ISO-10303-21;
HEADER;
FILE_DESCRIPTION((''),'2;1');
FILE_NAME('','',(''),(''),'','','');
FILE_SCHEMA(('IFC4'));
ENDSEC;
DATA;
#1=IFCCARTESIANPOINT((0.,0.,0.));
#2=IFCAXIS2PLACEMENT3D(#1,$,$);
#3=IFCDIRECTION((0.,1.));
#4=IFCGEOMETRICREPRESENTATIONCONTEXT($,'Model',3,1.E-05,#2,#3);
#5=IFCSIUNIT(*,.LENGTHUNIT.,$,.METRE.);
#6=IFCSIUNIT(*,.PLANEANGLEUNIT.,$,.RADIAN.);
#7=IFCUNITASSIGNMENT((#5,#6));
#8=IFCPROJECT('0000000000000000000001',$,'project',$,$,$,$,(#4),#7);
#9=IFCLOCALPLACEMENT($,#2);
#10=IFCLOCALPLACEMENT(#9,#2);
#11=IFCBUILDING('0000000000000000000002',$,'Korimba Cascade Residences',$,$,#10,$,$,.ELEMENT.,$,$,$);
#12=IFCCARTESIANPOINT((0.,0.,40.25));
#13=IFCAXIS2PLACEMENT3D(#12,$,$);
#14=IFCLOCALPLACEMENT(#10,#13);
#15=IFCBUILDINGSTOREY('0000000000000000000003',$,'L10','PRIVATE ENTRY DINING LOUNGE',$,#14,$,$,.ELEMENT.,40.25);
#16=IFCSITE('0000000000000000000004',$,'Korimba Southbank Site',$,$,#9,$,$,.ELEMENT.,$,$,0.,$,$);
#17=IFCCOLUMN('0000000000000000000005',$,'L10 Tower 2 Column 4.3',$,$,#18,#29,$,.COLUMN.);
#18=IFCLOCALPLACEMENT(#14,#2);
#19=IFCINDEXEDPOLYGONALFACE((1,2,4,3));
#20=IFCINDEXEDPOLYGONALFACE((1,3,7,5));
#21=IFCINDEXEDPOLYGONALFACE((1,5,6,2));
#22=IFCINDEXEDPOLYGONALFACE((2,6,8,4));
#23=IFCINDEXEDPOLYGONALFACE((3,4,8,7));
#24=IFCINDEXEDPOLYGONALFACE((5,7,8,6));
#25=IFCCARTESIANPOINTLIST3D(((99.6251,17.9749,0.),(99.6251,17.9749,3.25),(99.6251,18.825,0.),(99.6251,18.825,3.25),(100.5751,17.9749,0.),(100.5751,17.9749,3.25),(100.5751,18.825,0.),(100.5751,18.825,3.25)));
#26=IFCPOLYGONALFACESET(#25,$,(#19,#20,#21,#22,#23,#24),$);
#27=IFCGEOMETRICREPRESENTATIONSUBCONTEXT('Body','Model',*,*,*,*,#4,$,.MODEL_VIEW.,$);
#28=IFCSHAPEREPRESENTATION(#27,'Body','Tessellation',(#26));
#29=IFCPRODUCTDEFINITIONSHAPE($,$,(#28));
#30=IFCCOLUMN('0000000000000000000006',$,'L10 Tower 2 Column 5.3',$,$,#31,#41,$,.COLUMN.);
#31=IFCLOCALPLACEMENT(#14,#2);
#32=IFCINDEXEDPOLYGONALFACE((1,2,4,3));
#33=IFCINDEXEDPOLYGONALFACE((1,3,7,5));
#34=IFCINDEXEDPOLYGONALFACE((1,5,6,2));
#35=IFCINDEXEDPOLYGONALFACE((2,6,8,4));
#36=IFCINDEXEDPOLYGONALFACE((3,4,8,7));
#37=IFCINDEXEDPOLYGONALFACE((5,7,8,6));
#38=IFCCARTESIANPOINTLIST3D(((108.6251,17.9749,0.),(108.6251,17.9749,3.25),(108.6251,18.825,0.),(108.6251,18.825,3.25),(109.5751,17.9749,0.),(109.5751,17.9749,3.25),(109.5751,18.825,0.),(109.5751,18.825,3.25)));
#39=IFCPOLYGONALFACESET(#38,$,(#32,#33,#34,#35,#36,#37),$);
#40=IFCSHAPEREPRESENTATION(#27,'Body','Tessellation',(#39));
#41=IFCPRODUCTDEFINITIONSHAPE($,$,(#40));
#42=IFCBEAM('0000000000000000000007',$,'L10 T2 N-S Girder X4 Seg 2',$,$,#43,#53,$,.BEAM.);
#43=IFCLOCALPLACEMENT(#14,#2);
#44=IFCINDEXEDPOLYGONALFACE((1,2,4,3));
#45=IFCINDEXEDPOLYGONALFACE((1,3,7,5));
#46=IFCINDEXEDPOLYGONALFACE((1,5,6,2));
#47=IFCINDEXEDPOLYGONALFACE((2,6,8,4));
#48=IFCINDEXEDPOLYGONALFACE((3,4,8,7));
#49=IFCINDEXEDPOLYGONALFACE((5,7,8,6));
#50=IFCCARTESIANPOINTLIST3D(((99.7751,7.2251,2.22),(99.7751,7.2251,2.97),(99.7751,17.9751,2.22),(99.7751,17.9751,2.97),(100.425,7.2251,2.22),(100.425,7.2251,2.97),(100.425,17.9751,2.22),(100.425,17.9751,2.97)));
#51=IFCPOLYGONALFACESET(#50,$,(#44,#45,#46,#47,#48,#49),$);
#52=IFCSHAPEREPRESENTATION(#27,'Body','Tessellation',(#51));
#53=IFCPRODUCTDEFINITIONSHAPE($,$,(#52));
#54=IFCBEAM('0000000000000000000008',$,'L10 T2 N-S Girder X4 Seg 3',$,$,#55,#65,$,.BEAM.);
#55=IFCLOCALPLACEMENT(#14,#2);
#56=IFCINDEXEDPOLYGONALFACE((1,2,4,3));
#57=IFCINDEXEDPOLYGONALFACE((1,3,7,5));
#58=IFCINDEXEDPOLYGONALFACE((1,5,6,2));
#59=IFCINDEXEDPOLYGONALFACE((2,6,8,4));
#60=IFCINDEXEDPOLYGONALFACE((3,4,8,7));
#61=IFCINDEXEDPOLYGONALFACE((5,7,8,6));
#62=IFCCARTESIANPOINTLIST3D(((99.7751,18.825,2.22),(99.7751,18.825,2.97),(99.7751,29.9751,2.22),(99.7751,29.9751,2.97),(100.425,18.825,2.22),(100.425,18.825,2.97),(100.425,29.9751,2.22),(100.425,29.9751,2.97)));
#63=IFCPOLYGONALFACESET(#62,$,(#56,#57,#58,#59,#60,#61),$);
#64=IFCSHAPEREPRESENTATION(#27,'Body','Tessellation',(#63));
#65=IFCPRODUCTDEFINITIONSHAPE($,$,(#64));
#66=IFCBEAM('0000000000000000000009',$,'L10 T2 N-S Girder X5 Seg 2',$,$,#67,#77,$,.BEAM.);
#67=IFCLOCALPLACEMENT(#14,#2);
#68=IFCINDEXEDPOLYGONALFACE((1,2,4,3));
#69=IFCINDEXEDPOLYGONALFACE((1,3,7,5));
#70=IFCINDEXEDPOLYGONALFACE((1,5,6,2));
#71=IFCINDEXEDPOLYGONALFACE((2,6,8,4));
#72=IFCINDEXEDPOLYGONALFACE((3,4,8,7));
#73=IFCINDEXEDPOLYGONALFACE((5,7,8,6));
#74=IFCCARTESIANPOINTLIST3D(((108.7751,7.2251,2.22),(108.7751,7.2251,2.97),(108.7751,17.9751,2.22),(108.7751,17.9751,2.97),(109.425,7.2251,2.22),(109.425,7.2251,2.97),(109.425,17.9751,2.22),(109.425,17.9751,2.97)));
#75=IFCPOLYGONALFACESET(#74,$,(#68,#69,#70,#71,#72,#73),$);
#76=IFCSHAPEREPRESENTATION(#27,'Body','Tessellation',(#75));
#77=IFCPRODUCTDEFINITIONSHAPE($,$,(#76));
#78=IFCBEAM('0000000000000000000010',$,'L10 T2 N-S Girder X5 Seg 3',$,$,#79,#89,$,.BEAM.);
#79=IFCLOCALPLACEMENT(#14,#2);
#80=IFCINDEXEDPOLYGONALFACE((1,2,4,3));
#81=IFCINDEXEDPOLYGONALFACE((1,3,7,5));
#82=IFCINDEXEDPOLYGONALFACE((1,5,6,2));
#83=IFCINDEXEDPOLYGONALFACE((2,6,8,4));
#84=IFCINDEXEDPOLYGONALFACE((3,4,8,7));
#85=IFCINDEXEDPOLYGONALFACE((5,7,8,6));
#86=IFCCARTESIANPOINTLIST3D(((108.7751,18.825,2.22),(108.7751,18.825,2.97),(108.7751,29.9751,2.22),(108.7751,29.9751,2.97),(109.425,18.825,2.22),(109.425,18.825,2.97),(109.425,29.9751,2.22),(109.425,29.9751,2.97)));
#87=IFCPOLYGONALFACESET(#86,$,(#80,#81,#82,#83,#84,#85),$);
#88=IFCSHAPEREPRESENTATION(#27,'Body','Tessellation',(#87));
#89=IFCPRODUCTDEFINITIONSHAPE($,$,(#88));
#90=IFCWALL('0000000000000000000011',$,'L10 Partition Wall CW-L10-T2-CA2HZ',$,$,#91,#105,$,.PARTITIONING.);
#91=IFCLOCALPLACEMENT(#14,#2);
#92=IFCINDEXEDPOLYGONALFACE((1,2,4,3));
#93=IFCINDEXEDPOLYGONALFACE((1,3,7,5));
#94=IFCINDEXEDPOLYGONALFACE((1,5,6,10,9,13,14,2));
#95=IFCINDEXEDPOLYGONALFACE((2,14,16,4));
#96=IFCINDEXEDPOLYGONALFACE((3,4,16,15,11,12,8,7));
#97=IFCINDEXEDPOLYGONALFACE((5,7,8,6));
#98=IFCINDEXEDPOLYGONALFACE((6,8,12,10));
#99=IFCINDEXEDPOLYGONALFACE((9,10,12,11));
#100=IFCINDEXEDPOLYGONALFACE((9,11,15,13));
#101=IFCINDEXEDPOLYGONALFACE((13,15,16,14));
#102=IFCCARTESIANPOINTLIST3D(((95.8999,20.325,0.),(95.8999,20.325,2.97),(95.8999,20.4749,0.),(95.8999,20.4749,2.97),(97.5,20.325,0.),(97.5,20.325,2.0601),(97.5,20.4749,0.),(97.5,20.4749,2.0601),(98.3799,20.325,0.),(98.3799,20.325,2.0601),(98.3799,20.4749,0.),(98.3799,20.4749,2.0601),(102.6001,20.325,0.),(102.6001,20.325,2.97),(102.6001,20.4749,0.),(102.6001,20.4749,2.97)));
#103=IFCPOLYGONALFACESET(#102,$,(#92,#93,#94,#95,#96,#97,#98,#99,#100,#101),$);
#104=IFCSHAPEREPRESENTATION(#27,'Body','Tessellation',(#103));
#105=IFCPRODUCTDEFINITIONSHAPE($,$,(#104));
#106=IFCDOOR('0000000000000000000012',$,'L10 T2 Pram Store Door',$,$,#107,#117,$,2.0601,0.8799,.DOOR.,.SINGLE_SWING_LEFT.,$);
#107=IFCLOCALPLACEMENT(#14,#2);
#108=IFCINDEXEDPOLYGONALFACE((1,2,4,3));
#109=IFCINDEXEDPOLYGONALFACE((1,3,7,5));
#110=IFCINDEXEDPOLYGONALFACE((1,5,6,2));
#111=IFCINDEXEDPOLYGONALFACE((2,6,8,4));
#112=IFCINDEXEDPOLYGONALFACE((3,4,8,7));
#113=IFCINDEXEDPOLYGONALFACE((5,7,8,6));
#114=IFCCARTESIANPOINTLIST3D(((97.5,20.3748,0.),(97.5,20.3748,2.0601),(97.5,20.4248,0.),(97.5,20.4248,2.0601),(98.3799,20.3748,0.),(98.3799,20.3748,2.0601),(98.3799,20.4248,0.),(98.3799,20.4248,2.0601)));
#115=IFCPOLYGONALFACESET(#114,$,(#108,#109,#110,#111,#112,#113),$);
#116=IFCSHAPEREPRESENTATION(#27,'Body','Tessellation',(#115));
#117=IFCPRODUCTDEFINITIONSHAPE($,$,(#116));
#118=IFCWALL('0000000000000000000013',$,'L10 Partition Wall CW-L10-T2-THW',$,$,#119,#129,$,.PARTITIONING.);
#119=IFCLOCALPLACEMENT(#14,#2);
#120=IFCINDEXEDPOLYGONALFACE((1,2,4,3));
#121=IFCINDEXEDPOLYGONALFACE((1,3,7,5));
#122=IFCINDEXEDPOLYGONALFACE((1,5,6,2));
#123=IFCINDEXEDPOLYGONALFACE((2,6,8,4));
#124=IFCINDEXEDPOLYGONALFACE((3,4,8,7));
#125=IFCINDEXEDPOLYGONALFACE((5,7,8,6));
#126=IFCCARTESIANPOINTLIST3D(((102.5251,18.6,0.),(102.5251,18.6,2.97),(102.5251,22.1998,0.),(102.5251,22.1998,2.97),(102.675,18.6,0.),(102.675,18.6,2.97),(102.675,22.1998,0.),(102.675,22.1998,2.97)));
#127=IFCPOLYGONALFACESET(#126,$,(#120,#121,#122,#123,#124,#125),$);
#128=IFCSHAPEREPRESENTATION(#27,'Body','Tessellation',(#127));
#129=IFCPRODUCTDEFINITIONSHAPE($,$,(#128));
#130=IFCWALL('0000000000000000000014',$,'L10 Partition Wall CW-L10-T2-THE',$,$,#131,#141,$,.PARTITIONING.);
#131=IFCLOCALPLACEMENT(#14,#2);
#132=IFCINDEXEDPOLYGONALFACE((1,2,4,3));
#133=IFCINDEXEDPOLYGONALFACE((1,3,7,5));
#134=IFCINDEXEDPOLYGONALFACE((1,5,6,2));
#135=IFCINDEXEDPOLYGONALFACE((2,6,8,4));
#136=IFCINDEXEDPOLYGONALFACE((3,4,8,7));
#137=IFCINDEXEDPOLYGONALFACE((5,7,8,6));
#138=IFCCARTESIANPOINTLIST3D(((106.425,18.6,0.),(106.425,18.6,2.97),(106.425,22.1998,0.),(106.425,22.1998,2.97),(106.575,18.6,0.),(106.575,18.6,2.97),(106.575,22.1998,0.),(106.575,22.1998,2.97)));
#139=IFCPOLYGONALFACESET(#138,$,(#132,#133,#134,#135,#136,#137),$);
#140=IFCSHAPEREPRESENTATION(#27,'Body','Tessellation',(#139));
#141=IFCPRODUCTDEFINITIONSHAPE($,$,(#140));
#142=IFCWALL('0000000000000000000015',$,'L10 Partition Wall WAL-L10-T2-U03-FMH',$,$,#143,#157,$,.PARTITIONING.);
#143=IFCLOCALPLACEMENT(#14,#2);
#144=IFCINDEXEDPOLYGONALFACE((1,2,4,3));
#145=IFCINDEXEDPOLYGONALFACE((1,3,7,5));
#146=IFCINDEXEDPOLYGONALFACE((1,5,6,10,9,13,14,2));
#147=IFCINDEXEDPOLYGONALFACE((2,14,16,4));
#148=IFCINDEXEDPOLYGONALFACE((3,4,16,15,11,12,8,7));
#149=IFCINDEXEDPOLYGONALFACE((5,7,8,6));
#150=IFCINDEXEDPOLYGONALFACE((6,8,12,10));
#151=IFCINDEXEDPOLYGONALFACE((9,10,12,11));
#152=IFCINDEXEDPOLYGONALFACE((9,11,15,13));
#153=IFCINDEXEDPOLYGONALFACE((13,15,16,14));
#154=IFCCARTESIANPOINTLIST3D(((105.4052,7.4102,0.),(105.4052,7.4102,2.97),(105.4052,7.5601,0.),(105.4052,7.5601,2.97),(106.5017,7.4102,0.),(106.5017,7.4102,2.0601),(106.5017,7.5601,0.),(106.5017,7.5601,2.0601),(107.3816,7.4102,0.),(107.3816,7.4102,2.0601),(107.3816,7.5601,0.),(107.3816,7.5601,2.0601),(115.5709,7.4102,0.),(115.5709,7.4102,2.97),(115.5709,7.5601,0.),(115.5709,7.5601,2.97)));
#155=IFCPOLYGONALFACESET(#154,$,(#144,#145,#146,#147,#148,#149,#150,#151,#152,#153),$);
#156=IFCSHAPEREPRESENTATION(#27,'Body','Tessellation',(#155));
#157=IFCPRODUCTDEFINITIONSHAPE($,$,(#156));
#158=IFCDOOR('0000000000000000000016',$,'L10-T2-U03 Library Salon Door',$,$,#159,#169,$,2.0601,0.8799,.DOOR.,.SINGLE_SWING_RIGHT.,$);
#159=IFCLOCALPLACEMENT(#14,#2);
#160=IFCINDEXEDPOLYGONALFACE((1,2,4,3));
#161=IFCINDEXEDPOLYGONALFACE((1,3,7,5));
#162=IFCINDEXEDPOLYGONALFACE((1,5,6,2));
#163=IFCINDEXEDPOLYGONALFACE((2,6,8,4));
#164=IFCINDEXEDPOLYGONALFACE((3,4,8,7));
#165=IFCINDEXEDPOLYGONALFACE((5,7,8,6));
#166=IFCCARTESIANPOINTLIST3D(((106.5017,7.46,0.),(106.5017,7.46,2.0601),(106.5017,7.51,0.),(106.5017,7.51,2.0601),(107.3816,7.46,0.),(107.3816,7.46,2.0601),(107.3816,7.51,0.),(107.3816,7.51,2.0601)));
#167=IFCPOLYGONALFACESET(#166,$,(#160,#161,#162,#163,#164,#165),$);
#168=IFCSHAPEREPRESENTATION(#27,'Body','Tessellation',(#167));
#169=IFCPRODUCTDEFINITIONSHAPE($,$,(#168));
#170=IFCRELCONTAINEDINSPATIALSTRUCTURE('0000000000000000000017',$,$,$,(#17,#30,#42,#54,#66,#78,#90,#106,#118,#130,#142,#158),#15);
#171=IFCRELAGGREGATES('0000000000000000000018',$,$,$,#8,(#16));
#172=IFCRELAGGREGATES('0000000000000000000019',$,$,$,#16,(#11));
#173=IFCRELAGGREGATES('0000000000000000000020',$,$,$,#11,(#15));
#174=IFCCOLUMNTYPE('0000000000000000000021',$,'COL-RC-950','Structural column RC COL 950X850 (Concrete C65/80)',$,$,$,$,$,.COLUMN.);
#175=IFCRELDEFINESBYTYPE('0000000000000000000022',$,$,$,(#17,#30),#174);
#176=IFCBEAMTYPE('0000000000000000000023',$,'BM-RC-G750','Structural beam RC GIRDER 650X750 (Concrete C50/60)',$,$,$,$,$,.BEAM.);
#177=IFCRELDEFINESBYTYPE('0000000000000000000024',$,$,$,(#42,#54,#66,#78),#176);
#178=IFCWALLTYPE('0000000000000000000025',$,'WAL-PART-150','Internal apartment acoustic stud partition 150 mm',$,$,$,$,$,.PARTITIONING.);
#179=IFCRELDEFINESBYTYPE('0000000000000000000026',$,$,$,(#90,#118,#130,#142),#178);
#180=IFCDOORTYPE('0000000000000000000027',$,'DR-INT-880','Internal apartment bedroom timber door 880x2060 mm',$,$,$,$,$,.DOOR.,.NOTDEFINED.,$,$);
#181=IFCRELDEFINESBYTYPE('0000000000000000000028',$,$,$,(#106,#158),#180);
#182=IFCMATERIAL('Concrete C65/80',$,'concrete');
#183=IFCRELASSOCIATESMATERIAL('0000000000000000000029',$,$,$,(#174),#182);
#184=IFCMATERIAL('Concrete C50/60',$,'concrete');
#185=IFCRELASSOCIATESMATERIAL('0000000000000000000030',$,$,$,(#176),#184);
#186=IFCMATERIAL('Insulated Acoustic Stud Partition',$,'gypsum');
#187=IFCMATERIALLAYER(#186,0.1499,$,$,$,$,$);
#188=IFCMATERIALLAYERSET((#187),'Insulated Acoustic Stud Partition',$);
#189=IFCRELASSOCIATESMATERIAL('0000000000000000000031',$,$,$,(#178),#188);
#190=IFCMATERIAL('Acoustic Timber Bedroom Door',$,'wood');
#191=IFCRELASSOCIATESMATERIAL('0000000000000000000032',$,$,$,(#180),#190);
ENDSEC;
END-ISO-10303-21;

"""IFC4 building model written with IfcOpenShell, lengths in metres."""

from ifc_helpers import new_model, si_unit, direction, frame, frame_2d, origin, origin_2d, place, context, subcontext, project, spatial, rectangle, extrude, material, layer, layer_set, material_profile, profile_set, type_object, element, fill, save


model = new_model("IFC4")

# Units and contexts
model_context = context("Model", 3, precision=1e-05, world=origin(), true_north=direction((0.0, 1.0)))
body_context = subcontext(model_context, "Body", "Model", "MODEL_VIEW")
ifc_project = project(units=[si_unit("LENGTHUNIT", "METRE"), si_unit("PLANEANGLEUNIT", "RADIAN")], contexts=[model_context])

# Site, building, storey
site_placement = place(None, origin())
site = spatial("IfcSite", under=ifc_project, at=site_placement, Name="Korimba Southbank Site", CompositionType="ELEMENT", RefElevation=0.0)
building_placement = place(site_placement, origin())
building = spatial("IfcBuilding", under=site, at=building_placement, Name="Korimba Cascade Residences", CompositionType="ELEMENT")
storey_placement = place(building_placement, frame((0.0, 0.0, 40.25)))
storey = spatial("IfcBuildingStorey", under=building, at=storey_placement, Name="L10", Description="PRIVATE ENTRY DINING LOUNGE", CompositionType="ELEMENT", Elevation=40.25)

# Columns
ifc_material_1 = material(Name="Concrete C65/80", Category="concrete")
ifc_material_profile_1 = material_profile(ifc_material_1, rectangle(XDim=0.95, YDim=0.8501, at=origin_2d()), Name="Concrete C65/80")
ifc_profile_set_1 = profile_set([ifc_material_profile_1], Name="Concrete C65/80")
column_type = type_object("IfcColumnType", Name="COL-RC-950", Description="Structural column RC COL 950X850 (Concrete C65/80)", PredefinedType="COLUMN", material=ifc_profile_set_1)
for number, where, z_axis, x_axis, name in (
    (1, (100.1001, 18.3999, 0.0), (0.0, 0.0, 1.0), (1.0, 0.0, 0.0), "L10 Tower 2 Column 4.3"),
    (2, (109.1001, 18.3999, 0.0), (0.0, 0.0, 1.0), (1.0, 0.0, 0.0), "L10 Tower 2 Column 5.3"),
):
    element("IfcColumn", number, at=place(storey_placement, frame(where, z_axis=z_axis, x_axis=x_axis)), inside=storey, type_object=column_type, Name=name, PredefinedType="COLUMN", context=body_context, shape_type="SweptSolid", body=[
        extrude(rectangle(XDim=0.95, YDim=0.8501, at=origin_2d()), origin(), (0.0, 0.0, 1.0), 3.25),
    ])

# Beams
ifc_material_2 = material(Name="Concrete C50/60", Category="concrete")
ifc_material_profile_2 = material_profile(ifc_material_2, rectangle(XDim=0.6499, YDim=0.75, at=origin_2d()), Name="Concrete C50/60")
ifc_profile_set_2 = profile_set([ifc_material_profile_2], Name="Concrete C50/60")
beam_type = type_object("IfcBeamType", Name="BM-RC-G750", Description="Structural beam RC GIRDER 650X750 (Concrete C50/60)", PredefinedType="BEAM", material=ifc_profile_set_2)
beam_1_placement = place(storey_placement, frame((100.1001, 7.2251, 2.595), z_axis=(0.0, 1.0, 0.0), x_axis=(-1.0, 0.0, 0.0)))
element("IfcBeam", 3, at=beam_1_placement, inside=storey, type_object=beam_type, Name="L10 T2 N-S Girder X4 Seg 2", PredefinedType="BEAM", context=body_context, shape_type="SweptSolid", body=[
    extrude(rectangle(XDim=0.6499, YDim=0.75, at=origin_2d()), origin(), (0.0, 0.0, 1.0), 10.75),
])
beam_2_placement = place(storey_placement, frame((100.1001, 18.825, 2.595), z_axis=(0.0, 1.0, 0.0), x_axis=(-1.0, 0.0, 0.0)))
element("IfcBeam", 4, at=beam_2_placement, inside=storey, type_object=beam_type, Name="L10 T2 N-S Girder X4 Seg 3", PredefinedType="BEAM", context=body_context, shape_type="SweptSolid", body=[
    extrude(rectangle(XDim=0.6499, YDim=0.75, at=origin_2d()), origin(), (0.0, 0.0, 1.0), 11.1501),
])
beam_3_placement = place(storey_placement, frame((109.1001, 7.2251, 2.595), z_axis=(0.0, 1.0, 0.0), x_axis=(-1.0, 0.0, 0.0)))
element("IfcBeam", 5, at=beam_3_placement, inside=storey, type_object=beam_type, Name="L10 T2 N-S Girder X5 Seg 2", PredefinedType="BEAM", context=body_context, shape_type="SweptSolid", body=[
    extrude(rectangle(XDim=0.6499, YDim=0.75, at=origin_2d()), origin(), (0.0, 0.0, 1.0), 10.75),
])
beam_4_placement = place(storey_placement, frame((109.1001, 18.825, 2.595), z_axis=(0.0, 1.0, 0.0), x_axis=(-1.0, 0.0, 0.0)))
element("IfcBeam", 6, at=beam_4_placement, inside=storey, type_object=beam_type, Name="L10 T2 N-S Girder X5 Seg 3", PredefinedType="BEAM", context=body_context, shape_type="SweptSolid", body=[
    extrude(rectangle(XDim=0.6499, YDim=0.75, at=origin_2d()), origin(), (0.0, 0.0, 1.0), 11.1501),
])

# Wall, opening, door
ifc_material_3 = material(Name="Insulated Acoustic Stud Partition", Category="gypsum")
ifc_layer_1 = layer(ifc_material_3, 0.1499)
ifc_layer_set_1 = layer_set([ifc_layer_1], Name="Insulated Acoustic Stud Partition")
wall_type_1 = type_object("IfcWallType", Name="WAL-PART-150", Description="Internal apartment acoustic stud partition 150 mm", PredefinedType="PARTITIONING", material=ifc_layer_set_1)
wall_1_placement = place(storey_placement, frame((95.8999, 20.3999, 0.0), z_axis=(0.0, 0.0, 1.0), x_axis=(1.0, 0.0, 0.0)))
wall_1 = element("IfcWall", 7, at=wall_1_placement, inside=storey, type_object=wall_type_1, Name="L10 Partition Wall CW-L10-T2-CA2HZ", PredefinedType="PARTITIONING", context=body_context, shape_type="SweptSolid", body=[
    extrude(rectangle(XDim=6.7002, YDim=0.1499, at=frame_2d((3.3501, 0.0))), origin(), (0.0, 0.0, 1.0), 2.97),
])
opening_1_placement = place(wall_1_placement, frame((1.6001, 0.0, 0.0)))
opening_1 = element("IfcOpeningElement", 8, at=opening_1_placement, cuts=wall_1, PredefinedType="OPENING", context=body_context, shape_type="SweptSolid", body=[
    extrude(rectangle(XDim=0.8799, YDim=2.0601, at=frame_2d((0.4399, 1.03))), frame((0.0, 0.085, 0.0), z_axis=(0.0, -1.0, 0.0), x_axis=(1.0, 0.0, 0.0)), (0.0, 0.0, 1.0), 0.1699),
])
ifc_material_4 = material(Name="Acoustic Timber Bedroom Door", Category="wood")
door_type_1 = type_object("IfcDoorType", Name="DR-INT-880", Description="Internal apartment bedroom timber door 880x2060 mm", OperationType="NOTDEFINED", PredefinedType="DOOR", material=ifc_material_4)
door_1_placement = place(opening_1_placement, origin())
door_1 = element("IfcDoor", 9, at=door_1_placement, inside=storey, type_object=door_type_1, Name="L10 T2 Pram Store Door", OperationType="SINGLE_SWING_LEFT", OverallHeight=2.0601, OverallWidth=0.8799, PredefinedType="DOOR", context=body_context, shape_type="SweptSolid", body=[
    extrude(rectangle(XDim=0.8799, YDim=2.0601, at=frame_2d((0.4399, 1.03))), frame((0.0, 0.0249, 0.0), z_axis=(0.0, -1.0, 0.0), x_axis=(1.0, 0.0, 0.0)), (0.0, 0.0, 1.0), 0.05),
])
fill(opening_1, door_1)

# Walls
for number, where, z_axis, x_axis, name in (
    (10, (102.6001, 18.6001, 0.0), (0.0, 0.0, 1.0), (0.0, 1.0, 0.0), "L10 Partition Wall CW-L10-T2-THW"),
    (11, (106.5, 18.6001, 0.0), (0.0, 0.0, 1.0), (0.0, 1.0, 0.0), "L10 Partition Wall CW-L10-T2-THE"),
):
    element("IfcWall", number, at=place(storey_placement, frame(where, z_axis=z_axis, x_axis=x_axis)), inside=storey, type_object=wall_type_1, Name=name, PredefinedType="PARTITIONING", context=body_context, shape_type="SweptSolid", body=[
        extrude(rectangle(XDim=3.5999, YDim=0.1499, at=frame_2d((1.7998, 0.0))), origin(), (0.0, 0.0, 1.0), 2.97),
    ])

# Wall, opening, door
wall_2_placement = place(storey_placement, frame((105.405, 7.4851, 0.0), z_axis=(0.0, 0.0, 1.0), x_axis=(1.0, 0.0, 0.0)))
wall_2 = element("IfcWall", 12, at=wall_2_placement, inside=storey, type_object=wall_type_1, Name="L10 Partition Wall WAL-L10-T2-U03-FMH", PredefinedType="PARTITIONING", context=body_context, shape_type="SweptSolid", body=[
    extrude(rectangle(XDim=10.1658, YDim=0.1499, at=frame_2d((5.083, 0.0))), origin(), (0.0, 0.0, 1.0), 2.97),
])
opening_2_placement = place(wall_2_placement, frame((1.0967, 0.0, 0.0)))
opening_2 = element("IfcOpeningElement", 13, at=opening_2_placement, cuts=wall_2, PredefinedType="OPENING", context=body_context, shape_type="SweptSolid", body=[
    extrude(rectangle(XDim=0.8799, YDim=2.0601, at=frame_2d((0.4399, 1.03))), frame((0.0, 0.085, 0.0), z_axis=(0.0, -1.0, 0.0), x_axis=(1.0, 0.0, 0.0)), (0.0, 0.0, 1.0), 0.1699),
])
door_2_placement = place(opening_2_placement, origin())
door_2 = element("IfcDoor", 14, at=door_2_placement, inside=storey, type_object=door_type_1, Name="L10-T2-U03 Library Salon Door", OperationType="SINGLE_SWING_RIGHT", OverallHeight=2.0601, OverallWidth=0.8799, PredefinedType="DOOR", context=body_context, shape_type="SweptSolid", body=[
    extrude(rectangle(XDim=0.8799, YDim=2.0601, at=frame_2d((0.4399, 1.03))), frame((0.0, 0.0249, 0.0), z_axis=(0.0, -1.0, 0.0), x_axis=(1.0, 0.0, 0.0)), (0.0, 0.0, 1.0), 0.05),
])
fill(opening_2, door_2)

save(model, "model.ifc")
